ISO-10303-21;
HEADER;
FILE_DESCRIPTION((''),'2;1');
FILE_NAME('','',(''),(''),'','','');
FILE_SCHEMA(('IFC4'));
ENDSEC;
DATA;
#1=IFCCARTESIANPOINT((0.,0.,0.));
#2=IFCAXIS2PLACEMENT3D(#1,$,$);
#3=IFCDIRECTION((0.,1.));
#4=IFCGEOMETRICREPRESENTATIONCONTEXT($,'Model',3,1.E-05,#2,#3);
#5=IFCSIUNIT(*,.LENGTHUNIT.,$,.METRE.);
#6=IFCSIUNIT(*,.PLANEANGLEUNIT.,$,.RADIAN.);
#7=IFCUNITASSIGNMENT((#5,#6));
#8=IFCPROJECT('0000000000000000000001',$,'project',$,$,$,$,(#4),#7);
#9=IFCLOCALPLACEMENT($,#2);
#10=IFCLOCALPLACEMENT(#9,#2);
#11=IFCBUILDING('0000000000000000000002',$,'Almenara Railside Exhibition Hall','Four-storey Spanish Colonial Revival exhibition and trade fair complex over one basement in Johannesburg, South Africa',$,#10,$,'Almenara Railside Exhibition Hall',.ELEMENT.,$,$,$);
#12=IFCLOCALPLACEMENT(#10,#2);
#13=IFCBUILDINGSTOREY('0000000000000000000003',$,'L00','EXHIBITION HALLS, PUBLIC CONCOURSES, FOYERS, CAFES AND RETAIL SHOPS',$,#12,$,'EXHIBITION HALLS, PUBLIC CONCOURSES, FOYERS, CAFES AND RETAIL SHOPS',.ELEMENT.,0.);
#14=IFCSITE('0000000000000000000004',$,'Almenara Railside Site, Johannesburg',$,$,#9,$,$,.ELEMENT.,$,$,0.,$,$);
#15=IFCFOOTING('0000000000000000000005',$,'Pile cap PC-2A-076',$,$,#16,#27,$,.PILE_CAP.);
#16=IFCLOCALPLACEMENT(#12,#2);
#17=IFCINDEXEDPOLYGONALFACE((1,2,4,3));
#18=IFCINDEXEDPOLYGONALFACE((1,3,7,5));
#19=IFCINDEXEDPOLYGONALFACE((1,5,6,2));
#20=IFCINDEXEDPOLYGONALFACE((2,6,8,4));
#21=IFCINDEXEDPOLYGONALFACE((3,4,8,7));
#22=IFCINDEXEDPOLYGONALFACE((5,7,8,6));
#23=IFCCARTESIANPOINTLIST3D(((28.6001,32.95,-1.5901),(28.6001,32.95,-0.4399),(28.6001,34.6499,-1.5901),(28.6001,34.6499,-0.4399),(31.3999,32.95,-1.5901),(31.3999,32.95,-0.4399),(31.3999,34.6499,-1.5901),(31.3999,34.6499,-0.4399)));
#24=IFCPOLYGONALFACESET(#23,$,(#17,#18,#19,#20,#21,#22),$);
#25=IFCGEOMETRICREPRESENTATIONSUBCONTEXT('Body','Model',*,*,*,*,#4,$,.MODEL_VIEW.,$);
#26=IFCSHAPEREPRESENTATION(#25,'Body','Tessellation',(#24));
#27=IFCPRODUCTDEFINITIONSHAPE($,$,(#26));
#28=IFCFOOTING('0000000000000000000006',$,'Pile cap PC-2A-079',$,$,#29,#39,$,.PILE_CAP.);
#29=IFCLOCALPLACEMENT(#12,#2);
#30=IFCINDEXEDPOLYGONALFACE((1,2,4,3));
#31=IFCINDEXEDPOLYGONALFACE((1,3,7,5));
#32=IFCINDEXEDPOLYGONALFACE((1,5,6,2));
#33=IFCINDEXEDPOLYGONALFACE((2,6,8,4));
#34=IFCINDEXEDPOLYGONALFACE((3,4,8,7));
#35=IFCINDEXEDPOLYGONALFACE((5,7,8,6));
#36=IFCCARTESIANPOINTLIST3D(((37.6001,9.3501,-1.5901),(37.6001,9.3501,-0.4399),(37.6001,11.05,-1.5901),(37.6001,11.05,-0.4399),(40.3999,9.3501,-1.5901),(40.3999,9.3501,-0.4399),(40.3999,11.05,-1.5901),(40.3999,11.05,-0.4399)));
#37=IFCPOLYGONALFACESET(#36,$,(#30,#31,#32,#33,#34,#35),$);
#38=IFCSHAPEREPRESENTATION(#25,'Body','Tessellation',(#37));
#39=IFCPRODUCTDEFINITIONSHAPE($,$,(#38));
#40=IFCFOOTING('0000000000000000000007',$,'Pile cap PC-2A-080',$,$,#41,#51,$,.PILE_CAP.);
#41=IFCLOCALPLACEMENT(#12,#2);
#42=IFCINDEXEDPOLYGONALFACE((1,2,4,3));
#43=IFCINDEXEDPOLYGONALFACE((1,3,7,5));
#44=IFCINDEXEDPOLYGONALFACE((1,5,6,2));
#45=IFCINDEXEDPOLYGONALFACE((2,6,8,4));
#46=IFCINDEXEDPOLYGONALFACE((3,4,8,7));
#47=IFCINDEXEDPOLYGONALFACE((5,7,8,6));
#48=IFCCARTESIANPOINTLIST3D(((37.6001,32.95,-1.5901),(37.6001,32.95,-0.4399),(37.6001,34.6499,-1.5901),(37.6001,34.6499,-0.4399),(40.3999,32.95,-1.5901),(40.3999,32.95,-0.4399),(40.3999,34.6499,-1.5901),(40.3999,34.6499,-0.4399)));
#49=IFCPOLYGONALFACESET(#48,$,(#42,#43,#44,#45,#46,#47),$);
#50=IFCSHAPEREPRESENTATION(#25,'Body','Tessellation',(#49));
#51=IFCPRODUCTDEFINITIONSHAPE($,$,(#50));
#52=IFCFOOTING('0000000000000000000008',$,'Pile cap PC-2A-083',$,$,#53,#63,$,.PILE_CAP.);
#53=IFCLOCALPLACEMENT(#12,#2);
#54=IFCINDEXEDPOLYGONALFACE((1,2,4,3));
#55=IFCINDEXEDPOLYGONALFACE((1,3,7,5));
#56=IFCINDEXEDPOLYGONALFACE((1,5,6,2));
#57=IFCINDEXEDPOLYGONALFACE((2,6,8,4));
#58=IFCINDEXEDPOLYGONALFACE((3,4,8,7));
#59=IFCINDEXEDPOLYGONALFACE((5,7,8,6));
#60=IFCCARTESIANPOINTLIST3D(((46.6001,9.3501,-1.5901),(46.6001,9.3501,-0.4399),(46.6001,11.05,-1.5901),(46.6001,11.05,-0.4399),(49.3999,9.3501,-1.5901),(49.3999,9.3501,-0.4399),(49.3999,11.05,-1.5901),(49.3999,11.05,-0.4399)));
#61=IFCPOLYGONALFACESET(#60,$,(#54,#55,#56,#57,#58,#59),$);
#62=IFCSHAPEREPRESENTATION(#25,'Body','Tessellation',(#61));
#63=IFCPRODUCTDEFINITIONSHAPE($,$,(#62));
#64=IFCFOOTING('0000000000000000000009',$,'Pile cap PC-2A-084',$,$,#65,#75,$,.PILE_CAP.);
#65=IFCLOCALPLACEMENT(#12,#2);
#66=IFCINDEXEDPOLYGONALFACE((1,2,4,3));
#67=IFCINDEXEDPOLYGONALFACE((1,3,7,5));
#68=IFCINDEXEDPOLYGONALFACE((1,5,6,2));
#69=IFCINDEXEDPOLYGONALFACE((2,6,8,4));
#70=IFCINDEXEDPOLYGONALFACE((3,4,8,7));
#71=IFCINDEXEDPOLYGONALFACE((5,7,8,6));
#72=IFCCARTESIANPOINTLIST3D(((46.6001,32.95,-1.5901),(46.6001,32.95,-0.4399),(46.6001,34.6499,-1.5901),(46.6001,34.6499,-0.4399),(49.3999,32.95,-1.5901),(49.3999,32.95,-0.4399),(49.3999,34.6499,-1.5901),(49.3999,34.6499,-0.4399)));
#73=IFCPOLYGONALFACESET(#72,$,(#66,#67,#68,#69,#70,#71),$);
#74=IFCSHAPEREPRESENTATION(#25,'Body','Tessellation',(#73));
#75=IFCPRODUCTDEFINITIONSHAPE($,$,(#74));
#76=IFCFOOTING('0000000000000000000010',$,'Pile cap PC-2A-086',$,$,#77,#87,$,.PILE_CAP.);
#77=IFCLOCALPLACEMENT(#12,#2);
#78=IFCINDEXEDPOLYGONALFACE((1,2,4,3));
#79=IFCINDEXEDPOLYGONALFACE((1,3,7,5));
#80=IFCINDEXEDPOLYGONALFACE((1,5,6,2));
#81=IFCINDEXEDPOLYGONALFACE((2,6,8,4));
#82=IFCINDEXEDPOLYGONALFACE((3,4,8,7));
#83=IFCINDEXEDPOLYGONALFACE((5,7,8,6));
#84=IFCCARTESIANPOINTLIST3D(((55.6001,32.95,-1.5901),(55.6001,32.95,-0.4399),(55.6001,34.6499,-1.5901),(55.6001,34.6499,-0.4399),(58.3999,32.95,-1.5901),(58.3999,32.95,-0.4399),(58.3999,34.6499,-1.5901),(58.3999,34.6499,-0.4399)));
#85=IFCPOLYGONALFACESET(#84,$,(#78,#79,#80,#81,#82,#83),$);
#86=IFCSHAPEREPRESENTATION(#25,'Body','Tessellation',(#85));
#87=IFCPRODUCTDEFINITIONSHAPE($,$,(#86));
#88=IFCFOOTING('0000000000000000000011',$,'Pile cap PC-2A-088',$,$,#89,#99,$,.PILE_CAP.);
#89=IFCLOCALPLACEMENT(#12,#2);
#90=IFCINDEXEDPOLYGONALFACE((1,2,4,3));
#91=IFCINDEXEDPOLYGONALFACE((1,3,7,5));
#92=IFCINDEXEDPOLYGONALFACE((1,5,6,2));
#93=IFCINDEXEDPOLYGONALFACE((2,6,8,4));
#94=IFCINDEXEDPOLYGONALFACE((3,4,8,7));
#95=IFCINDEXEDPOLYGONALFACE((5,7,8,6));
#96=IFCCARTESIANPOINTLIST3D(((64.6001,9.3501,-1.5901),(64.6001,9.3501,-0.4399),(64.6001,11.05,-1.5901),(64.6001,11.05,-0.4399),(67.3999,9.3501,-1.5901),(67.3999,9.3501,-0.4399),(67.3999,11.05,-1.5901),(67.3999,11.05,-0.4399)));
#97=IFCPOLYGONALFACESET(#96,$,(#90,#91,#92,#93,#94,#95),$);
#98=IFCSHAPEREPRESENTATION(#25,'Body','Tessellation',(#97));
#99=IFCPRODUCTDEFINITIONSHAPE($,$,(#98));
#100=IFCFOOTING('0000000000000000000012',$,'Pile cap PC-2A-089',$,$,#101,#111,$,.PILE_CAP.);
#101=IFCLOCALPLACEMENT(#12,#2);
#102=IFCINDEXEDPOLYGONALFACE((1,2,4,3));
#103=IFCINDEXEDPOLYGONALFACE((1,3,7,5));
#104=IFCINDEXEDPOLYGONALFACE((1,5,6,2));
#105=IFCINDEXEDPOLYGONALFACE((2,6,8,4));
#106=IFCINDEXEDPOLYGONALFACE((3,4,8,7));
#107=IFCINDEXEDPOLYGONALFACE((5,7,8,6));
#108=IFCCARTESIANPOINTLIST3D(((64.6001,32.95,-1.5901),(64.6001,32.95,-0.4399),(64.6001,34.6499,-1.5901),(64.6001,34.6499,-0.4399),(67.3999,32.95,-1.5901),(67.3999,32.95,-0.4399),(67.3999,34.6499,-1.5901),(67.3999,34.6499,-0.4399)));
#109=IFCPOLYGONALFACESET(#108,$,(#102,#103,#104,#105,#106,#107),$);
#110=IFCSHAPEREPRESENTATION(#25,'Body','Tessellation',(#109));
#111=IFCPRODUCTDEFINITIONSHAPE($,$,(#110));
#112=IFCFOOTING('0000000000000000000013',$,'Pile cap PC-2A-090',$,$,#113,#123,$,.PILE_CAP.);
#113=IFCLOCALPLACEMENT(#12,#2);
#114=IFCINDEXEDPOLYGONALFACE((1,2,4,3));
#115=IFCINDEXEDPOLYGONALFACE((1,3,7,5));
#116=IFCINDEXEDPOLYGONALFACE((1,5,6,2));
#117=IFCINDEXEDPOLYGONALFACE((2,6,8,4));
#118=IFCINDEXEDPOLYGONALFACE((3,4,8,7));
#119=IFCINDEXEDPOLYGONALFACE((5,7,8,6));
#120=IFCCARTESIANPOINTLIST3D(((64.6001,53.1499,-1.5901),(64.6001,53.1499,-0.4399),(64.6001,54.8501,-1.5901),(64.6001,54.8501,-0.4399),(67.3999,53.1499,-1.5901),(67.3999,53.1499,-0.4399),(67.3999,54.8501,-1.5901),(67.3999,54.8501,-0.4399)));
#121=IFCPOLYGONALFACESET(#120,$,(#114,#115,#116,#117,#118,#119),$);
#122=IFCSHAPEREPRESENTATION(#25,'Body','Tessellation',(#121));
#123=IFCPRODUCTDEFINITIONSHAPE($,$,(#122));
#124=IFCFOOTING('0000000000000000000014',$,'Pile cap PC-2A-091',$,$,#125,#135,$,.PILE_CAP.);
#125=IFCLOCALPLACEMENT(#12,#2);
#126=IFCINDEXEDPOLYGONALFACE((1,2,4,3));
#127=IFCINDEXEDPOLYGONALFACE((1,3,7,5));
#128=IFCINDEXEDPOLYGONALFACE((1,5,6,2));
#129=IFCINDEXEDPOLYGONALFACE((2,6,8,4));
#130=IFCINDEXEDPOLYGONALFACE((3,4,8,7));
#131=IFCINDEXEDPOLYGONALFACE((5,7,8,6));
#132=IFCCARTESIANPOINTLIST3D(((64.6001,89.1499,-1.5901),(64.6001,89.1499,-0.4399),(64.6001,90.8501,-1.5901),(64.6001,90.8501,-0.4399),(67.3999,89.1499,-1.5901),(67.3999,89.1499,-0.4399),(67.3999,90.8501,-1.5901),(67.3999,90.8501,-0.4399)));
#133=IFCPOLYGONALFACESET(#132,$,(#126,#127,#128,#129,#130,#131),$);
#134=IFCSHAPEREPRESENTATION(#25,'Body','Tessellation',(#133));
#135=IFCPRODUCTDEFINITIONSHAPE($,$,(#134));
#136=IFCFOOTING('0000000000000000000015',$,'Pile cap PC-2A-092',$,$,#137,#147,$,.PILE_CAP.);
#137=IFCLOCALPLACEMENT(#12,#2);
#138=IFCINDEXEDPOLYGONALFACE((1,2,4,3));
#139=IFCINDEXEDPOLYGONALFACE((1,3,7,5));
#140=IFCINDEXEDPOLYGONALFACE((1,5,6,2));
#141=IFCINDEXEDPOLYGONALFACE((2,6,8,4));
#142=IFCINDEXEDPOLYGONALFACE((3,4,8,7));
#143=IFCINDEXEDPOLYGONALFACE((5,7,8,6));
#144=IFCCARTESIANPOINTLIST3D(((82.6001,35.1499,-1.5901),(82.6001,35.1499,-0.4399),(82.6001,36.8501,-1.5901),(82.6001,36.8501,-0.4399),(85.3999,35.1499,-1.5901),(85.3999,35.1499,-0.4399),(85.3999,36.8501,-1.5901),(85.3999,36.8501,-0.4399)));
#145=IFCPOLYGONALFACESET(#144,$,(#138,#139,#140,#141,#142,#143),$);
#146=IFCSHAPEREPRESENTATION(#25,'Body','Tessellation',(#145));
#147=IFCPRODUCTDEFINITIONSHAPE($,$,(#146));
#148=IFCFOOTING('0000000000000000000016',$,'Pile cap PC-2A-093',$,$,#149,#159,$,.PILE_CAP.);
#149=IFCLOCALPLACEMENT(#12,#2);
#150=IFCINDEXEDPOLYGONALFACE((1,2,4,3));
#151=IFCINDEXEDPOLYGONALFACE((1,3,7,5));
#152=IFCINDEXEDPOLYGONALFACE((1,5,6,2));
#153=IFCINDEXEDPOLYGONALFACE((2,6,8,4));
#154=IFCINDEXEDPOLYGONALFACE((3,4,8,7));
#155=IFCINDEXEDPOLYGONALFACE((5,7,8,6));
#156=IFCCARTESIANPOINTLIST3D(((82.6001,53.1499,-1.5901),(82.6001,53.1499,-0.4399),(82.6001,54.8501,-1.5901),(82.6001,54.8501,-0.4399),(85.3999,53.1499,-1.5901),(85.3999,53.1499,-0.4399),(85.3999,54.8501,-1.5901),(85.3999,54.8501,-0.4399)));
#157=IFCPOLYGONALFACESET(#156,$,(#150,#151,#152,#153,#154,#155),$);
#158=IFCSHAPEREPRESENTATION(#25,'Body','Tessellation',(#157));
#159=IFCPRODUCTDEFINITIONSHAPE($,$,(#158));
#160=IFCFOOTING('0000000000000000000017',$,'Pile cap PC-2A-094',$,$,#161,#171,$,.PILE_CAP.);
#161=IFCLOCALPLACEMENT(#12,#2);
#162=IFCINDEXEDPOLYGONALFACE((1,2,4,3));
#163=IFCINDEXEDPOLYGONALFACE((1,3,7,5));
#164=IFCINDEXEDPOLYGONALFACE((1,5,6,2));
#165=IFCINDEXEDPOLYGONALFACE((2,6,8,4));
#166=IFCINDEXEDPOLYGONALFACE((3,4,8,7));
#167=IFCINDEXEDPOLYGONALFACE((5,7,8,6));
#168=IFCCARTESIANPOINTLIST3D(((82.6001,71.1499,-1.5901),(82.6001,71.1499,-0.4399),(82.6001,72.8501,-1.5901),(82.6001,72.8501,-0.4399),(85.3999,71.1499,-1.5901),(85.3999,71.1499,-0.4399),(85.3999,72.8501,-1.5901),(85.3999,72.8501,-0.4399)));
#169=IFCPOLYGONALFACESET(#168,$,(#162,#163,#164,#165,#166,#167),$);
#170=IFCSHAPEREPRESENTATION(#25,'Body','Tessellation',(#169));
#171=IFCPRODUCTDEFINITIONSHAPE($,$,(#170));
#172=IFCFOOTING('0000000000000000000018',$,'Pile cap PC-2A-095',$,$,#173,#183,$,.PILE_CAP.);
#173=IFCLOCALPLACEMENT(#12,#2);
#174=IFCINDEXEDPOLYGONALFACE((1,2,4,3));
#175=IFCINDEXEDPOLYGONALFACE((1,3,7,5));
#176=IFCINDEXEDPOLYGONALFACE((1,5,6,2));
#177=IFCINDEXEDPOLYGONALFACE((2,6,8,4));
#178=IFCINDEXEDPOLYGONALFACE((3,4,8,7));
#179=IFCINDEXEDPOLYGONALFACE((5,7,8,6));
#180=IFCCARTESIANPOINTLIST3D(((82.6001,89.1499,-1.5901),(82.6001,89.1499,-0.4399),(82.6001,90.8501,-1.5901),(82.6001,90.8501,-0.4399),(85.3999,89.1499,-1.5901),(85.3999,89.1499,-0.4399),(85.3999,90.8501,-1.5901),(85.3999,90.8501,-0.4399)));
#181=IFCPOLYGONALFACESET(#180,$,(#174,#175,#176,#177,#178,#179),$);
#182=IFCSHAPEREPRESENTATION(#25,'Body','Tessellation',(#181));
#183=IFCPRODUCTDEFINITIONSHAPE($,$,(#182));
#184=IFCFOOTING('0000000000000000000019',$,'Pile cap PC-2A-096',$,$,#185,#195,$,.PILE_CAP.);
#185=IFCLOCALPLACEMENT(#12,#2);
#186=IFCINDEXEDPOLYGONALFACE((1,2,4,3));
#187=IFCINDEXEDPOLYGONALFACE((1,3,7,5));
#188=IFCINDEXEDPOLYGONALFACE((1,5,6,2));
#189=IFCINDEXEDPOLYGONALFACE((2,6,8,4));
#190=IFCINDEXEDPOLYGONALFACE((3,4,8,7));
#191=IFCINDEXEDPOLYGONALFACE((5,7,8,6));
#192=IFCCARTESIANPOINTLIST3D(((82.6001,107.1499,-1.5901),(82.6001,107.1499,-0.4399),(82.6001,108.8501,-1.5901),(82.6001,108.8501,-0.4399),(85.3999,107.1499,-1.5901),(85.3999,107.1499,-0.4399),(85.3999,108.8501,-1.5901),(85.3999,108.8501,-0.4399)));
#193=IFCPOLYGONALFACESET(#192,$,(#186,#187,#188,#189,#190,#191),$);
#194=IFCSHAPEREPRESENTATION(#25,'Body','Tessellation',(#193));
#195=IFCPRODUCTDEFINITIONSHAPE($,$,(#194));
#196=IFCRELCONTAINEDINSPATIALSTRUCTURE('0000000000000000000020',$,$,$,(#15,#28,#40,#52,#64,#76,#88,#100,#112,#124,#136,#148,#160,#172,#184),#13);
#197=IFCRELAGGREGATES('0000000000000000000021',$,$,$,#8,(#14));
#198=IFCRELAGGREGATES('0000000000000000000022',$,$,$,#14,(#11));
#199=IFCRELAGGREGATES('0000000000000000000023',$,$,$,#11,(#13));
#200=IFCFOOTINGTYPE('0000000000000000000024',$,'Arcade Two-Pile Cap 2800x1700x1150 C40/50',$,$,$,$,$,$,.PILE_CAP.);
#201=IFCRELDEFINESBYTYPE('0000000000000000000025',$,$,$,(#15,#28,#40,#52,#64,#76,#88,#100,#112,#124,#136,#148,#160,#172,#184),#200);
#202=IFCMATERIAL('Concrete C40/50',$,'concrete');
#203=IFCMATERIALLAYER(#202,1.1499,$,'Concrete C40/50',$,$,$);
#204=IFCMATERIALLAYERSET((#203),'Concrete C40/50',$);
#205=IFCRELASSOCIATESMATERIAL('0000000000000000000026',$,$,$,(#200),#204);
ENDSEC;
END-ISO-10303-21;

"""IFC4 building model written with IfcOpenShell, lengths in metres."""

from ifc_helpers import new_model, si_unit, direction, frame, origin, place, context, subcontext, project, spatial, polyline, outline, extrude, material, layer, layer_set, type_object, element, save


model = new_model("IFC4")

# Units and contexts
model_context = context("Model", 3, precision=1e-05, world=origin(), true_north=direction((0.0, 1.0)))
body_context = subcontext(model_context, "Body", "Model", "MODEL_VIEW")
ifc_project = project(units=[si_unit("LENGTHUNIT", "METRE"), si_unit("PLANEANGLEUNIT", "RADIAN")], contexts=[model_context])

# Site, building, storey
site_placement = place(None, origin())
site = spatial("IfcSite", under=ifc_project, at=site_placement, Name="Almenara Railside Site, Johannesburg", CompositionType="ELEMENT", RefElevation=0.0)
building_placement = place(site_placement, origin())
building = spatial("IfcBuilding", under=site, at=building_placement, Name="Almenara Railside Exhibition Hall", Description="Four-storey Spanish Colonial Revival exhibition and trade fair complex over one basement in Johannesburg, South Africa", LongName="Almenara Railside Exhibition Hall", CompositionType="ELEMENT")
storey_placement = place(building_placement, origin())
storey = spatial("IfcBuildingStorey", under=building, at=storey_placement, Name="L00", Description="EXHIBITION HALLS, PUBLIC CONCOURSES, FOYERS, CAFES AND RETAIL SHOPS", LongName="EXHIBITION HALLS, PUBLIC CONCOURSES, FOYERS, CAFES AND RETAIL SHOPS", CompositionType="ELEMENT", Elevation=0.0)

# Footings
ifc_material_1 = material(Name="Concrete C40/50", Category="concrete")
ifc_layer_1 = layer(ifc_material_1, 1.1499, Name="Concrete C40/50")
ifc_layer_set_1 = layer_set([ifc_layer_1], Name="Concrete C40/50")
footing_type_1 = type_object("IfcFootingType", Name="Arcade Two-Pile Cap 2800x1700x1150 C40/50", PredefinedType="PILE_CAP", material=ifc_layer_set_1)
footing_1_placement = place(storey_placement, frame((0.0, 0.0, -1.5901)))
element("IfcFooting", 1, at=footing_1_placement, inside=storey, type_object=footing_type_1, Name="Pile cap PC-2A-076", PredefinedType="PILE_CAP", context=body_context, shape_type="SweptSolid", body=[
    extrude(outline(polyline([(28.6001, 32.95), (31.3999, 32.95), (31.3999, 34.6499), (28.6001, 34.6499), (28.6001, 32.95)])), origin(), (0.0, 0.0, 1.0), 1.1501),
])
footing_2_placement = place(storey_placement, frame((0.0, 0.0, -1.5901)))
element("IfcFooting", 2, at=footing_2_placement, inside=storey, type_object=footing_type_1, Name="Pile cap PC-2A-079", PredefinedType="PILE_CAP", context=body_context, shape_type="SweptSolid", body=[
    extrude(outline(polyline([(37.6001, 9.3501), (40.3999, 9.3501), (40.3999, 11.05), (37.6001, 11.05), (37.6001, 9.3501)])), origin(), (0.0, 0.0, 1.0), 1.1501),
])
footing_3_placement = place(storey_placement, frame((0.0, 0.0, -1.5901)))
element("IfcFooting", 3, at=footing_3_placement, inside=storey, type_object=footing_type_1, Name="Pile cap PC-2A-080", PredefinedType="PILE_CAP", context=body_context, shape_type="SweptSolid", body=[
    extrude(outline(polyline([(37.6001, 32.95), (40.3999, 32.95), (40.3999, 34.6499), (37.6001, 34.6499), (37.6001, 32.95)])), origin(), (0.0, 0.0, 1.0), 1.1501),
])
footing_4_placement = place(storey_placement, frame((0.0, 0.0, -1.5901)))
element("IfcFooting", 4, at=footing_4_placement, inside=storey, type_object=footing_type_1, Name="Pile cap PC-2A-083", PredefinedType="PILE_CAP", context=body_context, shape_type="SweptSolid", body=[
    extrude(outline(polyline([(46.6001, 9.3501), (49.3999, 9.3501), (49.3999, 11.05), (46.6001, 11.05), (46.6001, 9.3501)])), origin(), (0.0, 0.0, 1.0), 1.1501),
])
footing_5_placement = place(storey_placement, frame((0.0, 0.0, -1.5901)))
element("IfcFooting", 5, at=footing_5_placement, inside=storey, type_object=footing_type_1, Name="Pile cap PC-2A-084", PredefinedType="PILE_CAP", context=body_context, shape_type="SweptSolid", body=[
    extrude(outline(polyline([(46.6001, 32.95), (49.3999, 32.95), (49.3999, 34.6499), (46.6001, 34.6499), (46.6001, 32.95)])), origin(), (0.0, 0.0, 1.0), 1.1501),
])
footing_6_placement = place(storey_placement, frame((0.0, 0.0, -1.5901)))
element("IfcFooting", 6, at=footing_6_placement, inside=storey, type_object=footing_type_1, Name="Pile cap PC-2A-086", PredefinedType="PILE_CAP", context=body_context, shape_type="SweptSolid", body=[
    extrude(outline(polyline([(55.6001, 32.95), (58.3999, 32.95), (58.3999, 34.6499), (55.6001, 34.6499), (55.6001, 32.95)])), origin(), (0.0, 0.0, 1.0), 1.1501),
])
footing_7_placement = place(storey_placement, frame((0.0, 0.0, -1.5901)))
element("IfcFooting", 7, at=footing_7_placement, inside=storey, type_object=footing_type_1, Name="Pile cap PC-2A-088", PredefinedType="PILE_CAP", context=body_context, shape_type="SweptSolid", body=[
    extrude(outline(polyline([(64.6001, 9.3501), (67.3999, 9.3501), (67.3999, 11.05), (64.6001, 11.05), (64.6001, 9.3501)])), origin(), (0.0, 0.0, 1.0), 1.1501),
])
footing_8_placement = place(storey_placement, frame((0.0, 0.0, -1.5901)))
element("IfcFooting", 8, at=footing_8_placement, inside=storey, type_object=footing_type_1, Name="Pile cap PC-2A-089", PredefinedType="PILE_CAP", context=body_context, shape_type="SweptSolid", body=[
    extrude(outline(polyline([(64.6001, 32.95), (67.3999, 32.95), (67.3999, 34.6499), (64.6001, 34.6499), (64.6001, 32.95)])), origin(), (0.0, 0.0, 1.0), 1.1501),
])
footing_9_placement = place(storey_placement, frame((0.0, 0.0, -1.5901)))
element("IfcFooting", 9, at=footing_9_placement, inside=storey, type_object=footing_type_1, Name="Pile cap PC-2A-090", PredefinedType="PILE_CAP", context=body_context, shape_type="SweptSolid", body=[
    extrude(outline(polyline([(64.6001, 53.1499), (67.3999, 53.1499), (67.3999, 54.8501), (64.6001, 54.8501), (64.6001, 53.1499)])), origin(), (0.0, 0.0, 1.0), 1.1501),
])
footing_10_placement = place(storey_placement, frame((0.0, 0.0, -1.5901)))
element("IfcFooting", 10, at=footing_10_placement, inside=storey, type_object=footing_type_1, Name="Pile cap PC-2A-091", PredefinedType="PILE_CAP", context=body_context, shape_type="SweptSolid", body=[
    extrude(outline(polyline([(64.6001, 89.1499), (67.3999, 89.1499), (67.3999, 90.8501), (64.6001, 90.8501), (64.6001, 89.1499)])), origin(), (0.0, 0.0, 1.0), 1.1501),
])
footing_11_placement = place(storey_placement, frame((0.0, 0.0, -1.5901)))
element("IfcFooting", 11, at=footing_11_placement, inside=storey, type_object=footing_type_1, Name="Pile cap PC-2A-092", PredefinedType="PILE_CAP", context=body_context, shape_type="SweptSolid", body=[
    extrude(outline(polyline([(82.6001, 35.1499), (85.3999, 35.1499), (85.3999, 36.8501), (82.6001, 36.8501), (82.6001, 35.1499)])), origin(), (0.0, 0.0, 1.0), 1.1501),
])
footing_12_placement = place(storey_placement, frame((0.0, 0.0, -1.5901)))
element("IfcFooting", 12, at=footing_12_placement, inside=storey, type_object=footing_type_1, Name="Pile cap PC-2A-093", PredefinedType="PILE_CAP", context=body_context, shape_type="SweptSolid", body=[
    extrude(outline(polyline([(82.6001, 53.1499), (85.3999, 53.1499), (85.3999, 54.8501), (82.6001, 54.8501), (82.6001, 53.1499)])), origin(), (0.0, 0.0, 1.0), 1.1501),
])
footing_13_placement = place(storey_placement, frame((0.0, 0.0, -1.5901)))
element("IfcFooting", 13, at=footing_13_placement, inside=storey, type_object=footing_type_1, Name="Pile cap PC-2A-094", PredefinedType="PILE_CAP", context=body_context, shape_type="SweptSolid", body=[
    extrude(outline(polyline([(82.6001, 71.1499), (85.3999, 71.1499), (85.3999, 72.8501), (82.6001, 72.8501), (82.6001, 71.1499)])), origin(), (0.0, 0.0, 1.0), 1.1501),
])
footing_14_placement = place(storey_placement, frame((0.0, 0.0, -1.5901)))
element("IfcFooting", 14, at=footing_14_placement, inside=storey, type_object=footing_type_1, Name="Pile cap PC-2A-095", PredefinedType="PILE_CAP", context=body_context, shape_type="SweptSolid", body=[
    extrude(outline(polyline([(82.6001, 89.1499), (85.3999, 89.1499), (85.3999, 90.8501), (82.6001, 90.8501), (82.6001, 89.1499)])), origin(), (0.0, 0.0, 1.0), 1.1501),
])
footing_15_placement = place(storey_placement, frame((0.0, 0.0, -1.5901)))
element("IfcFooting", 15, at=footing_15_placement, inside=storey, type_object=footing_type_1, Name="Pile cap PC-2A-096", PredefinedType="PILE_CAP", context=body_context, shape_type="SweptSolid", body=[
    extrude(outline(polyline([(82.6001, 107.1499), (85.3999, 107.1499), (85.3999, 108.8501), (82.6001, 108.8501), (82.6001, 107.1499)])), origin(), (0.0, 0.0, 1.0), 1.1501),
])

save(model, "model.ifc")
